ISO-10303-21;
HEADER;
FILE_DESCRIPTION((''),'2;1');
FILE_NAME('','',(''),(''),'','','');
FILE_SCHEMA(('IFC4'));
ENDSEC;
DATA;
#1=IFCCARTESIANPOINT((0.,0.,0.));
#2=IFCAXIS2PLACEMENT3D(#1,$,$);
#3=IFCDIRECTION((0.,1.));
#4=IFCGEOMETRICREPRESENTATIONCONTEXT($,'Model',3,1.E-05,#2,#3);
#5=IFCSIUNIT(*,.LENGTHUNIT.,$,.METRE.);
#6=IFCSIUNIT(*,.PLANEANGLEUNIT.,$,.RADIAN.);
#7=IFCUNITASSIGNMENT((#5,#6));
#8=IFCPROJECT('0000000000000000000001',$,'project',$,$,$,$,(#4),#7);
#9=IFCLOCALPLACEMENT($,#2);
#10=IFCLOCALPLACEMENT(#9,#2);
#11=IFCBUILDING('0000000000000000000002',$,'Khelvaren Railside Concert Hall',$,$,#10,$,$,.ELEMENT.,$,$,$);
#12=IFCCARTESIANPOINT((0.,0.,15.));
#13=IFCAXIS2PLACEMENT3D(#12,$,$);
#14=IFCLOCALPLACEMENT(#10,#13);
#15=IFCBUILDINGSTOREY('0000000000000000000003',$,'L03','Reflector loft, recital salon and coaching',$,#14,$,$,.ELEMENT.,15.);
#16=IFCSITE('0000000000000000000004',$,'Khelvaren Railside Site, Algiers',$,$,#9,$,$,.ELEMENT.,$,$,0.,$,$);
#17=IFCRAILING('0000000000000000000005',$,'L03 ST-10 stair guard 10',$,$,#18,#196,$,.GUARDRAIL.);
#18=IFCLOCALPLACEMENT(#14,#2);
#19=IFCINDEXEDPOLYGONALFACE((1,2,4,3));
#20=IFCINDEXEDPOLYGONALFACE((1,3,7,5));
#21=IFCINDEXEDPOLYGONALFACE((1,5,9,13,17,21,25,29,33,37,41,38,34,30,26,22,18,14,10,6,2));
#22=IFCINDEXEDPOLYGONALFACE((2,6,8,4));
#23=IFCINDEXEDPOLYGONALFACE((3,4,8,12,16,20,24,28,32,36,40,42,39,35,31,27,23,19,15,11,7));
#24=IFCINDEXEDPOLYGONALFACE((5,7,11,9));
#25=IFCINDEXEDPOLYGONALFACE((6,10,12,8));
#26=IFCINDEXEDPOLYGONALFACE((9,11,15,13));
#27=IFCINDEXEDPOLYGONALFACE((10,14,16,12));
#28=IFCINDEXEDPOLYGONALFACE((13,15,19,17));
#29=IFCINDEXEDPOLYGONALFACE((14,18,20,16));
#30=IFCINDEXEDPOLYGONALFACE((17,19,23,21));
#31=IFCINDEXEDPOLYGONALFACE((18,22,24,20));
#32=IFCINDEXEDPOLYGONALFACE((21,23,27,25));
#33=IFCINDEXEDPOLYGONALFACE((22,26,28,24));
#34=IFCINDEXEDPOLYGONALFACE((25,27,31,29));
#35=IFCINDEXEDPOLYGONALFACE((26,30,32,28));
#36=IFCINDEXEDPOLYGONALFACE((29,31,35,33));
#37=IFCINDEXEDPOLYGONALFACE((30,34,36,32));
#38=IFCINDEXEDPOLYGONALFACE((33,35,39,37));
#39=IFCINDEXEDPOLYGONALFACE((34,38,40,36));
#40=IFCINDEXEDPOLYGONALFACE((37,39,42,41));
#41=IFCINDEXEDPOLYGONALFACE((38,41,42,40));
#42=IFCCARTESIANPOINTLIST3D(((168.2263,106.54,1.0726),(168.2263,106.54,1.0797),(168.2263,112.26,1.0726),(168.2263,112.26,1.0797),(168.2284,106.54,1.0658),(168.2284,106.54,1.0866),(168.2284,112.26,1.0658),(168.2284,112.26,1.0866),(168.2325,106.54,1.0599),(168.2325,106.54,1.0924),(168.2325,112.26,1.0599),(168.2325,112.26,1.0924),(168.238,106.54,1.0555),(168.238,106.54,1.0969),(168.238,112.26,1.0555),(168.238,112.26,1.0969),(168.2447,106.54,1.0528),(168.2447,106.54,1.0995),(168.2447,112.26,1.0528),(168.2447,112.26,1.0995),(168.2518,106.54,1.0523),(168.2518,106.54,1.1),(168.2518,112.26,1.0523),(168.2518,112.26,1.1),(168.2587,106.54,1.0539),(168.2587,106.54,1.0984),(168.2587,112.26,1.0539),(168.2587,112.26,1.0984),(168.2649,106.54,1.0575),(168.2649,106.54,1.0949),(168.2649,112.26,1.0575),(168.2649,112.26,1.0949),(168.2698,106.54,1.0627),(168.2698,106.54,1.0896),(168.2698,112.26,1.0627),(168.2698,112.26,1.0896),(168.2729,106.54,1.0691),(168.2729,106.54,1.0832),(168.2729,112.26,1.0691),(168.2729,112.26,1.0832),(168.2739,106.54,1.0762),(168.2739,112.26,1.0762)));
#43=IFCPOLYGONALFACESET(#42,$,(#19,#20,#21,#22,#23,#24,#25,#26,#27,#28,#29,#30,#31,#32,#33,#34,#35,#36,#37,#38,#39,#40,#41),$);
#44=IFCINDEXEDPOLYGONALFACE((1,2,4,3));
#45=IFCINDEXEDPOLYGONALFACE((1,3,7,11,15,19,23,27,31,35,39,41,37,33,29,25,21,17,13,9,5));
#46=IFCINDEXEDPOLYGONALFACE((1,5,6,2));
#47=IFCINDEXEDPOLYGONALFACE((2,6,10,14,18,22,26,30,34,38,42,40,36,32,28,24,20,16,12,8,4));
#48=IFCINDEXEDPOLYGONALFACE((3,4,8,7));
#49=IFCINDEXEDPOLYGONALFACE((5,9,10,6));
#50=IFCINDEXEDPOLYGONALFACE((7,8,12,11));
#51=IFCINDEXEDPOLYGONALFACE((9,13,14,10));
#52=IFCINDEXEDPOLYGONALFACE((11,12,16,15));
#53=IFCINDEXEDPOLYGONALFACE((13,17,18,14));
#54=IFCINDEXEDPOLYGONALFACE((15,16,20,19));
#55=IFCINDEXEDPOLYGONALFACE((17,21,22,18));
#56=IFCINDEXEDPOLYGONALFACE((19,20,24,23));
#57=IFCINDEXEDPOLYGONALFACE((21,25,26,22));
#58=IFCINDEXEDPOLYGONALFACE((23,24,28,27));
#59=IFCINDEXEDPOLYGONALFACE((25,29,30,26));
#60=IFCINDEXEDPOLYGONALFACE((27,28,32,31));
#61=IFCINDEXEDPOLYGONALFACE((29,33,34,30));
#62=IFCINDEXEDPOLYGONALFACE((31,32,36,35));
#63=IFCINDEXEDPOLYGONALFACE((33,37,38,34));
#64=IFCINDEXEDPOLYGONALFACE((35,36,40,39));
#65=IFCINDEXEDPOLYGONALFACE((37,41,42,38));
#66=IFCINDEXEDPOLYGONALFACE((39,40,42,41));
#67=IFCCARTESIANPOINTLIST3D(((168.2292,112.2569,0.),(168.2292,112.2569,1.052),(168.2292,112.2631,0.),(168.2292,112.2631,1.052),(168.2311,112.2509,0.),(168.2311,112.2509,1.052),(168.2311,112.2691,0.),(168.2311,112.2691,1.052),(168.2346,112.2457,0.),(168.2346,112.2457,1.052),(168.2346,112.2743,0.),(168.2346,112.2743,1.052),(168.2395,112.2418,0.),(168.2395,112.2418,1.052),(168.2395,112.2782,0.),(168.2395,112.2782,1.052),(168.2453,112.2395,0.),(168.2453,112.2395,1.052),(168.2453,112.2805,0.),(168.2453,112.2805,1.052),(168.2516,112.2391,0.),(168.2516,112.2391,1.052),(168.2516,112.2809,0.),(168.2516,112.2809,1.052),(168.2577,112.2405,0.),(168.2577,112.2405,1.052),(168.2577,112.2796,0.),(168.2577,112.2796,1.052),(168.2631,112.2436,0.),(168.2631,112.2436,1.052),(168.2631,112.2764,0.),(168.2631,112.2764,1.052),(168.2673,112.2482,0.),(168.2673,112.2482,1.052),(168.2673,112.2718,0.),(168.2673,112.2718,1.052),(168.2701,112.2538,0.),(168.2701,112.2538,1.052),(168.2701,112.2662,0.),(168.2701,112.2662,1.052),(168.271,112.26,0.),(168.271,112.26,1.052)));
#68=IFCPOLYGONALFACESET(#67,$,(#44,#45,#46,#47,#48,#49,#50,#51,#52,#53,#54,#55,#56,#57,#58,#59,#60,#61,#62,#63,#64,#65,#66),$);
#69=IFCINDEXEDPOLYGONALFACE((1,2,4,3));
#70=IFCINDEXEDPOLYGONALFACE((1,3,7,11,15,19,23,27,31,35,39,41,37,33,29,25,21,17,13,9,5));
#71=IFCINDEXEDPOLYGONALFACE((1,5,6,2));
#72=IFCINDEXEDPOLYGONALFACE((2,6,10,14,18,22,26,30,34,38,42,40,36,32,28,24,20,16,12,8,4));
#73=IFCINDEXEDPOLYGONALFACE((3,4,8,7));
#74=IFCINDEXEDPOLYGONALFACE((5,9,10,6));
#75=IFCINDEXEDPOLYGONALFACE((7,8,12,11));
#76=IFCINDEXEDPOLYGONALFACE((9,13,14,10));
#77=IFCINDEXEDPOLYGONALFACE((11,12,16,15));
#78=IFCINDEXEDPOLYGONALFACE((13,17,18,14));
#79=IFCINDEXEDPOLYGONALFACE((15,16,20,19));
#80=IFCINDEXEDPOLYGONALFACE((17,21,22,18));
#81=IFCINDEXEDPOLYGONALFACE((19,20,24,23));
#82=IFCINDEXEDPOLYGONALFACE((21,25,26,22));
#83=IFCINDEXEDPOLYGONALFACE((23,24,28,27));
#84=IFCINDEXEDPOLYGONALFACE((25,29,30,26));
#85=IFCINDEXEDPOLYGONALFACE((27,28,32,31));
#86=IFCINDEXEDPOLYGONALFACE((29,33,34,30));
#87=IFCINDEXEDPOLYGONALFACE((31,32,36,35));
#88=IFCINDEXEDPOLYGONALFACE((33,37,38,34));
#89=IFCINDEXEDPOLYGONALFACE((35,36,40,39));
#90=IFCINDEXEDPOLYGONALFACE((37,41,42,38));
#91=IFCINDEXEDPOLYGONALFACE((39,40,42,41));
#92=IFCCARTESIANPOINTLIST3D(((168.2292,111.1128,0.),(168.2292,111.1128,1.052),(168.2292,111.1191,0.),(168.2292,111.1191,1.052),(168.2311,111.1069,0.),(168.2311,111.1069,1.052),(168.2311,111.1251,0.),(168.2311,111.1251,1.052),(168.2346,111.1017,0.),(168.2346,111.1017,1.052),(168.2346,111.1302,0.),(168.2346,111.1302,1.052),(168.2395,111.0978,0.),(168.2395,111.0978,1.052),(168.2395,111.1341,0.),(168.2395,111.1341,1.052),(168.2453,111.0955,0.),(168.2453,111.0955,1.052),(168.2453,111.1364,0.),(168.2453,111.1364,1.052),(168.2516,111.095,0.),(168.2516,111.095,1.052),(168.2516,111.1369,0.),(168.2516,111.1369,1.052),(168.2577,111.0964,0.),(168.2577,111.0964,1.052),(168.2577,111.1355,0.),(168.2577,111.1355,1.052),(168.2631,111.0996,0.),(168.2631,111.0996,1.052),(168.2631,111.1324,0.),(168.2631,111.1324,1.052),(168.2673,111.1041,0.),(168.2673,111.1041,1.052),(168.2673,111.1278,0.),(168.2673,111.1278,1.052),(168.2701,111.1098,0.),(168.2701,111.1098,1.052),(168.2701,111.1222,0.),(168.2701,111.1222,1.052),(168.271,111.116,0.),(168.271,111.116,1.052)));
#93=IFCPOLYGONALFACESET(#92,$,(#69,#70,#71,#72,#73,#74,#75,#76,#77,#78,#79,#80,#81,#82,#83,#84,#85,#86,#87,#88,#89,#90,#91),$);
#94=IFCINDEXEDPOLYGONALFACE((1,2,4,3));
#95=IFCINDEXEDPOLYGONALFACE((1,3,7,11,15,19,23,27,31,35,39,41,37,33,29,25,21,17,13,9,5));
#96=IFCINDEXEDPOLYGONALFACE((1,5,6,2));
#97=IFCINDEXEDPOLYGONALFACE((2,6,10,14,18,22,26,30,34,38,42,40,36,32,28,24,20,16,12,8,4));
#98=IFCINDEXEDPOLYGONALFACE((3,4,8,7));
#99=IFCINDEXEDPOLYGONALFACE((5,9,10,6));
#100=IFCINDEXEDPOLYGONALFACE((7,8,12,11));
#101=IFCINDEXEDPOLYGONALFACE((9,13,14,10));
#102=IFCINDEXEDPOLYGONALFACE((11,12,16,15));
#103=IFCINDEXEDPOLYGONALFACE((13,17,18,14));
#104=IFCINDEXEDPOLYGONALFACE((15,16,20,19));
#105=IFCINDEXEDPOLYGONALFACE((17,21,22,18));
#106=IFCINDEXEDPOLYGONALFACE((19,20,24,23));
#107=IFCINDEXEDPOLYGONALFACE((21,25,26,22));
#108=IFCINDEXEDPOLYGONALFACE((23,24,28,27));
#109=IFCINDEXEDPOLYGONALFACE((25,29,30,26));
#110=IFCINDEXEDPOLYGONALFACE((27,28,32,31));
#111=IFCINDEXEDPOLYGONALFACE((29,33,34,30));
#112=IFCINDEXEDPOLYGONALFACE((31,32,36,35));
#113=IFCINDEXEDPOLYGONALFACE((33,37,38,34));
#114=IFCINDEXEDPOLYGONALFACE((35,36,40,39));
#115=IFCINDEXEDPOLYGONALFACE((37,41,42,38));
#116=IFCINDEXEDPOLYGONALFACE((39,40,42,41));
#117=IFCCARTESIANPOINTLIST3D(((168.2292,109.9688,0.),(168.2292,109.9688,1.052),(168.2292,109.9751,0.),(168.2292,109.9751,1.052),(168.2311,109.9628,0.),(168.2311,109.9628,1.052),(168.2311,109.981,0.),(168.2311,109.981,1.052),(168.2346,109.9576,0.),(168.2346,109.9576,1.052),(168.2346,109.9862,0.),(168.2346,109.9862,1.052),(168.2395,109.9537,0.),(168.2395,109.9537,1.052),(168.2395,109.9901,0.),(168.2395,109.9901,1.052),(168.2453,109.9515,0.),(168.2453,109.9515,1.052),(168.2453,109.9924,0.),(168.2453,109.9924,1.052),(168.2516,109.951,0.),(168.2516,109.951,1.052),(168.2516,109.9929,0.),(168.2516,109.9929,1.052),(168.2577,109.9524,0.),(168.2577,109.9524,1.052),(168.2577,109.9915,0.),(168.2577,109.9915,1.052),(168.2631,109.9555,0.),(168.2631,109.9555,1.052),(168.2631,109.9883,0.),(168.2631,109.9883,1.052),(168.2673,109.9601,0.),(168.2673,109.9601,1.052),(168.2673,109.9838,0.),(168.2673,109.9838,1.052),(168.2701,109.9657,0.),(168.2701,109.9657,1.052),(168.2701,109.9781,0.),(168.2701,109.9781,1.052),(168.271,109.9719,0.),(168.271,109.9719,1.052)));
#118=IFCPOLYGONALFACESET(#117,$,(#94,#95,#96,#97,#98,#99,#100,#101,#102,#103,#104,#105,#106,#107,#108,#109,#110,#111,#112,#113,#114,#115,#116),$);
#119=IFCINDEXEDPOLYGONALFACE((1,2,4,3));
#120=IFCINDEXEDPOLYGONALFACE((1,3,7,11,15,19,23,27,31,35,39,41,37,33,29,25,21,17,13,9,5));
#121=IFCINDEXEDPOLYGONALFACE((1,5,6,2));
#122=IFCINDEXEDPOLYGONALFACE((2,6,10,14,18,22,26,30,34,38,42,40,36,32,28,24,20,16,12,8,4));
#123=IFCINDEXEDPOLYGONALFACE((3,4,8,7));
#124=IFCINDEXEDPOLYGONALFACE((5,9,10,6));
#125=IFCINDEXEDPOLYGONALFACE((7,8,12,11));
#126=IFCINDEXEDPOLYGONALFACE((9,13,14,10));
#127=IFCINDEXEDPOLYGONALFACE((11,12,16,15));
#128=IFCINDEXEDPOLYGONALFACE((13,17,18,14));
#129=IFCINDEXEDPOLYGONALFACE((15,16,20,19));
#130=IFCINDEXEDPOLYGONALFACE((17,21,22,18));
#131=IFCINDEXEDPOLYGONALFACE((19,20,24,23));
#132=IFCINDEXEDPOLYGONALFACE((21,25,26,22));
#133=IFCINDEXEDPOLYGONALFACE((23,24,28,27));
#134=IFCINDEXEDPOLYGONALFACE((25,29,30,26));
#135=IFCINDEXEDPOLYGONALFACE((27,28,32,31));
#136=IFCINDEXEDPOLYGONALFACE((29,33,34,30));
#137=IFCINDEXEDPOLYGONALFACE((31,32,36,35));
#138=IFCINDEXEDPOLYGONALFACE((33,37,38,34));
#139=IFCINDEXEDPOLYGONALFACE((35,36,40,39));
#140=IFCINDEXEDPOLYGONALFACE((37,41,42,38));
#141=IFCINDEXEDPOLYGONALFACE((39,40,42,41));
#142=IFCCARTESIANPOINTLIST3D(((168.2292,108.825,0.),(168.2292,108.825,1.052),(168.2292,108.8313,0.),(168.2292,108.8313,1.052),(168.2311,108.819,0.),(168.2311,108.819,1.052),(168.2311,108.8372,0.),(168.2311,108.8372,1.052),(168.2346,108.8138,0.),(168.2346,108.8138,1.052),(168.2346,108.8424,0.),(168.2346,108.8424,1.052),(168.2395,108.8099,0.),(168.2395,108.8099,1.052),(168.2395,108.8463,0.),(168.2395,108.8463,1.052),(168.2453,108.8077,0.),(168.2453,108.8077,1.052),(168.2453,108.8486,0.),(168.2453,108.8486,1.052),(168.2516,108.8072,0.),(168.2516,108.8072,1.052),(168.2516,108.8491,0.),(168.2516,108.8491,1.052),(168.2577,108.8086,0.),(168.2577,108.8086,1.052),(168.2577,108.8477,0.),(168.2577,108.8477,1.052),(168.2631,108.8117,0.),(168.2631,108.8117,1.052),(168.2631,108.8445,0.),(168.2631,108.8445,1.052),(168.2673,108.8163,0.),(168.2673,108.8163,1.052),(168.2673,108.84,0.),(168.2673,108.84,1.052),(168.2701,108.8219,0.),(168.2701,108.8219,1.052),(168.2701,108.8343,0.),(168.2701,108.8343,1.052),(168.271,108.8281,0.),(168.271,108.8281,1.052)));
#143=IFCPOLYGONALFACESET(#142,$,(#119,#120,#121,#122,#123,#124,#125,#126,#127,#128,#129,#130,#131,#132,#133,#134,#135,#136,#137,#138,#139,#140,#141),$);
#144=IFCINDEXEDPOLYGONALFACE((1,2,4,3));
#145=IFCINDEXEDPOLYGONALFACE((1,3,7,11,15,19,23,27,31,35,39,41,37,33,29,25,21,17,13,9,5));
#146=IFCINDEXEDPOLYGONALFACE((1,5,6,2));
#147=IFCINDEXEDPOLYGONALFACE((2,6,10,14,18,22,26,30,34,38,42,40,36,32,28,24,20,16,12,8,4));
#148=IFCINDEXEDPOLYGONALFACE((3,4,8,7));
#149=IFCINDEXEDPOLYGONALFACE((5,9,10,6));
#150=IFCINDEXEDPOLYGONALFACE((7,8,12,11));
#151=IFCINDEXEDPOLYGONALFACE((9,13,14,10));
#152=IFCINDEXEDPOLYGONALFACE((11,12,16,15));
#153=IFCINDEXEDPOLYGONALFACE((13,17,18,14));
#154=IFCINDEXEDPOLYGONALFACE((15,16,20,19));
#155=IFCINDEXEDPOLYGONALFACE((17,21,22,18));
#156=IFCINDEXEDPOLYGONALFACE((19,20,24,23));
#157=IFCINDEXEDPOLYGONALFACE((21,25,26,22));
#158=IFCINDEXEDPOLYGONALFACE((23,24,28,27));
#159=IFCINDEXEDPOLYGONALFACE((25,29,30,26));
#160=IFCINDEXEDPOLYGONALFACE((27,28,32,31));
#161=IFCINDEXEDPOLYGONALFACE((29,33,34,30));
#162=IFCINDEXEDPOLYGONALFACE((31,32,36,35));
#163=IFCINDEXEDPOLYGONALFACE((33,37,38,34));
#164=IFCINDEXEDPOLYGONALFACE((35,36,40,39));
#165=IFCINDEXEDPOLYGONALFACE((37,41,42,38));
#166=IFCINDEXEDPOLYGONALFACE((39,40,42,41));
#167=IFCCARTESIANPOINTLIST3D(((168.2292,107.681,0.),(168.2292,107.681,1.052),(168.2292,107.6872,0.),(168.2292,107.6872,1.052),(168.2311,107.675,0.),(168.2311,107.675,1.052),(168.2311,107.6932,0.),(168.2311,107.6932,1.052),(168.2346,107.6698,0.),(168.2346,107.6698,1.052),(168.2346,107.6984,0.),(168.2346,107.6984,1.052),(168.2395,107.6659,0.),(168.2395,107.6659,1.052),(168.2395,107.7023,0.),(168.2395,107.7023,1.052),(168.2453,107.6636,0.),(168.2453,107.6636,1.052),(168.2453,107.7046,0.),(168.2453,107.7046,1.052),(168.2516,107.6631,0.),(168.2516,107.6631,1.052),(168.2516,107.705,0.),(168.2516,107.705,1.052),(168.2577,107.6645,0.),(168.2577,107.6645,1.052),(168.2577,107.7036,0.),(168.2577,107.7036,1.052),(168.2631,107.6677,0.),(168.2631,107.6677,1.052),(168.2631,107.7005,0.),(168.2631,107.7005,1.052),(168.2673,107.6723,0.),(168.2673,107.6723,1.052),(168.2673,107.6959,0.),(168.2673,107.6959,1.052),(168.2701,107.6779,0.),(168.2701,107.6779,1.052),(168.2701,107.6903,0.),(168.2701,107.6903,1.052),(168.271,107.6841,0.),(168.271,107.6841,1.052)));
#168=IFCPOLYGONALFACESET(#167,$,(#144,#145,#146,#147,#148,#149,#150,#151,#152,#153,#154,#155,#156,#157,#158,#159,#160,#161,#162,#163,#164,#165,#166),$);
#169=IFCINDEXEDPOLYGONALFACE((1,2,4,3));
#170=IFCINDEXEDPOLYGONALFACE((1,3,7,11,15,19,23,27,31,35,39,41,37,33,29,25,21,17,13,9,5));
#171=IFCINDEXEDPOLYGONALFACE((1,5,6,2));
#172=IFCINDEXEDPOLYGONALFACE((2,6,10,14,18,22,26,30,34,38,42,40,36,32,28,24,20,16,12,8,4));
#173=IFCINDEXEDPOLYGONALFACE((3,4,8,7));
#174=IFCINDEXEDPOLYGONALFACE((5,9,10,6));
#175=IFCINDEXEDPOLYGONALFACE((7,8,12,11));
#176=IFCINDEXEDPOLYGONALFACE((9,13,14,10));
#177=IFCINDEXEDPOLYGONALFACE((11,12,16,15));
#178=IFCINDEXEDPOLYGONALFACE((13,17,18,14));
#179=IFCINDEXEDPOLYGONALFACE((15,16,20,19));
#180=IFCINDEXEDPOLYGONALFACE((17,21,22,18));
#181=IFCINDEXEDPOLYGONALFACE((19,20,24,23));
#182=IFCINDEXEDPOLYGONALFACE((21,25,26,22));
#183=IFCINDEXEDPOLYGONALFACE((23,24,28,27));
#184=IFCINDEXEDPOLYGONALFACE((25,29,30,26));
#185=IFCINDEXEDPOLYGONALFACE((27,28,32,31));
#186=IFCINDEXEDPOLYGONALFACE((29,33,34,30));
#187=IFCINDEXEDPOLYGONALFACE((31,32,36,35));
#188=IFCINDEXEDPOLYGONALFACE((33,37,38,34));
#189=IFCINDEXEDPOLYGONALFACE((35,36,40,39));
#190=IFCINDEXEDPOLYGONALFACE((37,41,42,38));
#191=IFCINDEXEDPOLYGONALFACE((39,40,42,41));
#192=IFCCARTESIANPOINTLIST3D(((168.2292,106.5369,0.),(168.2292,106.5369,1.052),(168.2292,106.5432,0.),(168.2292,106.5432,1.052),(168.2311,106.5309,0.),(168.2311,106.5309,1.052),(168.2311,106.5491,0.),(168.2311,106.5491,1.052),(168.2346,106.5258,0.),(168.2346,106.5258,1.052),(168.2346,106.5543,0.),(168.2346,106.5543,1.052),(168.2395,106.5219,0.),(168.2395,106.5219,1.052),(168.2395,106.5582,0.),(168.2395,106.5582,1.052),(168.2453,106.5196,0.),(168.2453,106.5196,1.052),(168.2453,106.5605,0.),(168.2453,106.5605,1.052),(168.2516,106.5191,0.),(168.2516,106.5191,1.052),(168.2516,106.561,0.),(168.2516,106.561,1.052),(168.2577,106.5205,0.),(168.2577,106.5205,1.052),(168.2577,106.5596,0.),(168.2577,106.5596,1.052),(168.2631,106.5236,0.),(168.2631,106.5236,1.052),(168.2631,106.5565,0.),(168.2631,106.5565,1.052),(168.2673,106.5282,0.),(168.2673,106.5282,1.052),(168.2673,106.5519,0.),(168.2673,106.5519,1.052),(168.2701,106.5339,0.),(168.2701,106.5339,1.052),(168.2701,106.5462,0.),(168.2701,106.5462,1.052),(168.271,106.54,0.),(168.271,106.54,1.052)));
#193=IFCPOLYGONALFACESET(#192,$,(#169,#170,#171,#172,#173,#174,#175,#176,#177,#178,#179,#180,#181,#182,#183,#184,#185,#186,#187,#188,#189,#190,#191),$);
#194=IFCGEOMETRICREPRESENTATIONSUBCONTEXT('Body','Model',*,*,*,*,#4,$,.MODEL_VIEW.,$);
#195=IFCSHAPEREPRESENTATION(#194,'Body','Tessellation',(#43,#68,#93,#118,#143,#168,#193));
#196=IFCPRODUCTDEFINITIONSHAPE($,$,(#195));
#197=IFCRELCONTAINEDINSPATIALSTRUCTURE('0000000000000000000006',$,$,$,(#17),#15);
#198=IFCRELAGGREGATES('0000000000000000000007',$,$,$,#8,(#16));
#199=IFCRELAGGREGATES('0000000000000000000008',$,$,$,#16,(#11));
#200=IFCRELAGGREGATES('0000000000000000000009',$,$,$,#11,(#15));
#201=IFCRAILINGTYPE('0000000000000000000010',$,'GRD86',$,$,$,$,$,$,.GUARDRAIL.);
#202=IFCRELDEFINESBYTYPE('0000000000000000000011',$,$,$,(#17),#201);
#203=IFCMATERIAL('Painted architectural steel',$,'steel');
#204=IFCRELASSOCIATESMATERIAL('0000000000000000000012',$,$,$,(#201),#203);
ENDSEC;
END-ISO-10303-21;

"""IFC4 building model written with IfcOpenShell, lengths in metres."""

from ifc_helpers import new_model, si_unit, direction, frame, origin, origin_2d, place, context, subcontext, project, spatial, circle, extrude, material, type_object, element, save


model = new_model("IFC4")

# Units and contexts
model_context = context("Model", 3, precision=1e-05, world=origin(), true_north=direction((0.0, 1.0)))
body_context = subcontext(model_context, "Body", "Model", "MODEL_VIEW")
ifc_project = project(units=[si_unit("LENGTHUNIT", "METRE"), si_unit("PLANEANGLEUNIT", "RADIAN")], contexts=[model_context])

# Site, building, storey
site_placement = place(None, origin())
site = spatial("IfcSite", under=ifc_project, at=site_placement, Name="Khelvaren Railside Site, Algiers", CompositionType="ELEMENT", RefElevation=0.0)
building_placement = place(site_placement, origin())
building = spatial("IfcBuilding", under=site, at=building_placement, Name="Khelvaren Railside Concert Hall", CompositionType="ELEMENT")
storey_placement = place(building_placement, frame((0.0, 0.0, 15.0)))
storey = spatial("IfcBuildingStorey", under=building, at=storey_placement, Name="L03", Description="Reflector loft, recital salon and coaching", CompositionType="ELEMENT", Elevation=15.0)

# Railing
ifc_material_1 = material(Name="Painted architectural steel", Category="steel")
railing_type_1 = type_object("IfcRailingType", Name="GRD86", PredefinedType="GUARDRAIL", material=ifc_material_1)
for number, where, name in (
    (1, (168.25, 112.26, 0.0), "L03 ST-10 stair guard 10"),
):
    element("IfcRailing", number, at=place(storey_placement, frame(where)), inside=storey, type_object=railing_type_1, Name=name, PredefinedType="GUARDRAIL", context=body_context, shape_type="SweptSolid", body=[
        extrude(circle(Radius=0.0239, at=origin_2d()), frame((0.0, 0.0, 1.0762), z_axis=(0.0, -1.0, 0.0), x_axis=(1.0, 0.0, 0.0)), (0.0, 0.0, 1.0), 5.72),
        extrude(circle(Radius=0.021, at=origin_2d()), origin(), (0.0, 0.0, 1.0), 1.052),
        extrude(circle(Radius=0.021, at=origin_2d()), frame((0.0, -1.144, 0.0)), (0.0, 0.0, 1.0), 1.052),
        extrude(circle(Radius=0.021, at=origin_2d()), frame((0.0, -2.2881, 0.0)), (0.0, 0.0, 1.0), 1.052),
        extrude(circle(Radius=0.021, at=origin_2d()), frame((0.0, -3.4319, 0.0)), (0.0, 0.0, 1.0), 1.052),
        extrude(circle(Radius=0.021, at=origin_2d()), frame((0.0, -4.5759, 0.0)), (0.0, 0.0, 1.0), 1.052),
        extrude(circle(Radius=0.021, at=origin_2d()), frame((0.0, -5.72, 0.0)), (0.0, 0.0, 1.0), 1.052),
    ])

save(model, "model.ifc")
